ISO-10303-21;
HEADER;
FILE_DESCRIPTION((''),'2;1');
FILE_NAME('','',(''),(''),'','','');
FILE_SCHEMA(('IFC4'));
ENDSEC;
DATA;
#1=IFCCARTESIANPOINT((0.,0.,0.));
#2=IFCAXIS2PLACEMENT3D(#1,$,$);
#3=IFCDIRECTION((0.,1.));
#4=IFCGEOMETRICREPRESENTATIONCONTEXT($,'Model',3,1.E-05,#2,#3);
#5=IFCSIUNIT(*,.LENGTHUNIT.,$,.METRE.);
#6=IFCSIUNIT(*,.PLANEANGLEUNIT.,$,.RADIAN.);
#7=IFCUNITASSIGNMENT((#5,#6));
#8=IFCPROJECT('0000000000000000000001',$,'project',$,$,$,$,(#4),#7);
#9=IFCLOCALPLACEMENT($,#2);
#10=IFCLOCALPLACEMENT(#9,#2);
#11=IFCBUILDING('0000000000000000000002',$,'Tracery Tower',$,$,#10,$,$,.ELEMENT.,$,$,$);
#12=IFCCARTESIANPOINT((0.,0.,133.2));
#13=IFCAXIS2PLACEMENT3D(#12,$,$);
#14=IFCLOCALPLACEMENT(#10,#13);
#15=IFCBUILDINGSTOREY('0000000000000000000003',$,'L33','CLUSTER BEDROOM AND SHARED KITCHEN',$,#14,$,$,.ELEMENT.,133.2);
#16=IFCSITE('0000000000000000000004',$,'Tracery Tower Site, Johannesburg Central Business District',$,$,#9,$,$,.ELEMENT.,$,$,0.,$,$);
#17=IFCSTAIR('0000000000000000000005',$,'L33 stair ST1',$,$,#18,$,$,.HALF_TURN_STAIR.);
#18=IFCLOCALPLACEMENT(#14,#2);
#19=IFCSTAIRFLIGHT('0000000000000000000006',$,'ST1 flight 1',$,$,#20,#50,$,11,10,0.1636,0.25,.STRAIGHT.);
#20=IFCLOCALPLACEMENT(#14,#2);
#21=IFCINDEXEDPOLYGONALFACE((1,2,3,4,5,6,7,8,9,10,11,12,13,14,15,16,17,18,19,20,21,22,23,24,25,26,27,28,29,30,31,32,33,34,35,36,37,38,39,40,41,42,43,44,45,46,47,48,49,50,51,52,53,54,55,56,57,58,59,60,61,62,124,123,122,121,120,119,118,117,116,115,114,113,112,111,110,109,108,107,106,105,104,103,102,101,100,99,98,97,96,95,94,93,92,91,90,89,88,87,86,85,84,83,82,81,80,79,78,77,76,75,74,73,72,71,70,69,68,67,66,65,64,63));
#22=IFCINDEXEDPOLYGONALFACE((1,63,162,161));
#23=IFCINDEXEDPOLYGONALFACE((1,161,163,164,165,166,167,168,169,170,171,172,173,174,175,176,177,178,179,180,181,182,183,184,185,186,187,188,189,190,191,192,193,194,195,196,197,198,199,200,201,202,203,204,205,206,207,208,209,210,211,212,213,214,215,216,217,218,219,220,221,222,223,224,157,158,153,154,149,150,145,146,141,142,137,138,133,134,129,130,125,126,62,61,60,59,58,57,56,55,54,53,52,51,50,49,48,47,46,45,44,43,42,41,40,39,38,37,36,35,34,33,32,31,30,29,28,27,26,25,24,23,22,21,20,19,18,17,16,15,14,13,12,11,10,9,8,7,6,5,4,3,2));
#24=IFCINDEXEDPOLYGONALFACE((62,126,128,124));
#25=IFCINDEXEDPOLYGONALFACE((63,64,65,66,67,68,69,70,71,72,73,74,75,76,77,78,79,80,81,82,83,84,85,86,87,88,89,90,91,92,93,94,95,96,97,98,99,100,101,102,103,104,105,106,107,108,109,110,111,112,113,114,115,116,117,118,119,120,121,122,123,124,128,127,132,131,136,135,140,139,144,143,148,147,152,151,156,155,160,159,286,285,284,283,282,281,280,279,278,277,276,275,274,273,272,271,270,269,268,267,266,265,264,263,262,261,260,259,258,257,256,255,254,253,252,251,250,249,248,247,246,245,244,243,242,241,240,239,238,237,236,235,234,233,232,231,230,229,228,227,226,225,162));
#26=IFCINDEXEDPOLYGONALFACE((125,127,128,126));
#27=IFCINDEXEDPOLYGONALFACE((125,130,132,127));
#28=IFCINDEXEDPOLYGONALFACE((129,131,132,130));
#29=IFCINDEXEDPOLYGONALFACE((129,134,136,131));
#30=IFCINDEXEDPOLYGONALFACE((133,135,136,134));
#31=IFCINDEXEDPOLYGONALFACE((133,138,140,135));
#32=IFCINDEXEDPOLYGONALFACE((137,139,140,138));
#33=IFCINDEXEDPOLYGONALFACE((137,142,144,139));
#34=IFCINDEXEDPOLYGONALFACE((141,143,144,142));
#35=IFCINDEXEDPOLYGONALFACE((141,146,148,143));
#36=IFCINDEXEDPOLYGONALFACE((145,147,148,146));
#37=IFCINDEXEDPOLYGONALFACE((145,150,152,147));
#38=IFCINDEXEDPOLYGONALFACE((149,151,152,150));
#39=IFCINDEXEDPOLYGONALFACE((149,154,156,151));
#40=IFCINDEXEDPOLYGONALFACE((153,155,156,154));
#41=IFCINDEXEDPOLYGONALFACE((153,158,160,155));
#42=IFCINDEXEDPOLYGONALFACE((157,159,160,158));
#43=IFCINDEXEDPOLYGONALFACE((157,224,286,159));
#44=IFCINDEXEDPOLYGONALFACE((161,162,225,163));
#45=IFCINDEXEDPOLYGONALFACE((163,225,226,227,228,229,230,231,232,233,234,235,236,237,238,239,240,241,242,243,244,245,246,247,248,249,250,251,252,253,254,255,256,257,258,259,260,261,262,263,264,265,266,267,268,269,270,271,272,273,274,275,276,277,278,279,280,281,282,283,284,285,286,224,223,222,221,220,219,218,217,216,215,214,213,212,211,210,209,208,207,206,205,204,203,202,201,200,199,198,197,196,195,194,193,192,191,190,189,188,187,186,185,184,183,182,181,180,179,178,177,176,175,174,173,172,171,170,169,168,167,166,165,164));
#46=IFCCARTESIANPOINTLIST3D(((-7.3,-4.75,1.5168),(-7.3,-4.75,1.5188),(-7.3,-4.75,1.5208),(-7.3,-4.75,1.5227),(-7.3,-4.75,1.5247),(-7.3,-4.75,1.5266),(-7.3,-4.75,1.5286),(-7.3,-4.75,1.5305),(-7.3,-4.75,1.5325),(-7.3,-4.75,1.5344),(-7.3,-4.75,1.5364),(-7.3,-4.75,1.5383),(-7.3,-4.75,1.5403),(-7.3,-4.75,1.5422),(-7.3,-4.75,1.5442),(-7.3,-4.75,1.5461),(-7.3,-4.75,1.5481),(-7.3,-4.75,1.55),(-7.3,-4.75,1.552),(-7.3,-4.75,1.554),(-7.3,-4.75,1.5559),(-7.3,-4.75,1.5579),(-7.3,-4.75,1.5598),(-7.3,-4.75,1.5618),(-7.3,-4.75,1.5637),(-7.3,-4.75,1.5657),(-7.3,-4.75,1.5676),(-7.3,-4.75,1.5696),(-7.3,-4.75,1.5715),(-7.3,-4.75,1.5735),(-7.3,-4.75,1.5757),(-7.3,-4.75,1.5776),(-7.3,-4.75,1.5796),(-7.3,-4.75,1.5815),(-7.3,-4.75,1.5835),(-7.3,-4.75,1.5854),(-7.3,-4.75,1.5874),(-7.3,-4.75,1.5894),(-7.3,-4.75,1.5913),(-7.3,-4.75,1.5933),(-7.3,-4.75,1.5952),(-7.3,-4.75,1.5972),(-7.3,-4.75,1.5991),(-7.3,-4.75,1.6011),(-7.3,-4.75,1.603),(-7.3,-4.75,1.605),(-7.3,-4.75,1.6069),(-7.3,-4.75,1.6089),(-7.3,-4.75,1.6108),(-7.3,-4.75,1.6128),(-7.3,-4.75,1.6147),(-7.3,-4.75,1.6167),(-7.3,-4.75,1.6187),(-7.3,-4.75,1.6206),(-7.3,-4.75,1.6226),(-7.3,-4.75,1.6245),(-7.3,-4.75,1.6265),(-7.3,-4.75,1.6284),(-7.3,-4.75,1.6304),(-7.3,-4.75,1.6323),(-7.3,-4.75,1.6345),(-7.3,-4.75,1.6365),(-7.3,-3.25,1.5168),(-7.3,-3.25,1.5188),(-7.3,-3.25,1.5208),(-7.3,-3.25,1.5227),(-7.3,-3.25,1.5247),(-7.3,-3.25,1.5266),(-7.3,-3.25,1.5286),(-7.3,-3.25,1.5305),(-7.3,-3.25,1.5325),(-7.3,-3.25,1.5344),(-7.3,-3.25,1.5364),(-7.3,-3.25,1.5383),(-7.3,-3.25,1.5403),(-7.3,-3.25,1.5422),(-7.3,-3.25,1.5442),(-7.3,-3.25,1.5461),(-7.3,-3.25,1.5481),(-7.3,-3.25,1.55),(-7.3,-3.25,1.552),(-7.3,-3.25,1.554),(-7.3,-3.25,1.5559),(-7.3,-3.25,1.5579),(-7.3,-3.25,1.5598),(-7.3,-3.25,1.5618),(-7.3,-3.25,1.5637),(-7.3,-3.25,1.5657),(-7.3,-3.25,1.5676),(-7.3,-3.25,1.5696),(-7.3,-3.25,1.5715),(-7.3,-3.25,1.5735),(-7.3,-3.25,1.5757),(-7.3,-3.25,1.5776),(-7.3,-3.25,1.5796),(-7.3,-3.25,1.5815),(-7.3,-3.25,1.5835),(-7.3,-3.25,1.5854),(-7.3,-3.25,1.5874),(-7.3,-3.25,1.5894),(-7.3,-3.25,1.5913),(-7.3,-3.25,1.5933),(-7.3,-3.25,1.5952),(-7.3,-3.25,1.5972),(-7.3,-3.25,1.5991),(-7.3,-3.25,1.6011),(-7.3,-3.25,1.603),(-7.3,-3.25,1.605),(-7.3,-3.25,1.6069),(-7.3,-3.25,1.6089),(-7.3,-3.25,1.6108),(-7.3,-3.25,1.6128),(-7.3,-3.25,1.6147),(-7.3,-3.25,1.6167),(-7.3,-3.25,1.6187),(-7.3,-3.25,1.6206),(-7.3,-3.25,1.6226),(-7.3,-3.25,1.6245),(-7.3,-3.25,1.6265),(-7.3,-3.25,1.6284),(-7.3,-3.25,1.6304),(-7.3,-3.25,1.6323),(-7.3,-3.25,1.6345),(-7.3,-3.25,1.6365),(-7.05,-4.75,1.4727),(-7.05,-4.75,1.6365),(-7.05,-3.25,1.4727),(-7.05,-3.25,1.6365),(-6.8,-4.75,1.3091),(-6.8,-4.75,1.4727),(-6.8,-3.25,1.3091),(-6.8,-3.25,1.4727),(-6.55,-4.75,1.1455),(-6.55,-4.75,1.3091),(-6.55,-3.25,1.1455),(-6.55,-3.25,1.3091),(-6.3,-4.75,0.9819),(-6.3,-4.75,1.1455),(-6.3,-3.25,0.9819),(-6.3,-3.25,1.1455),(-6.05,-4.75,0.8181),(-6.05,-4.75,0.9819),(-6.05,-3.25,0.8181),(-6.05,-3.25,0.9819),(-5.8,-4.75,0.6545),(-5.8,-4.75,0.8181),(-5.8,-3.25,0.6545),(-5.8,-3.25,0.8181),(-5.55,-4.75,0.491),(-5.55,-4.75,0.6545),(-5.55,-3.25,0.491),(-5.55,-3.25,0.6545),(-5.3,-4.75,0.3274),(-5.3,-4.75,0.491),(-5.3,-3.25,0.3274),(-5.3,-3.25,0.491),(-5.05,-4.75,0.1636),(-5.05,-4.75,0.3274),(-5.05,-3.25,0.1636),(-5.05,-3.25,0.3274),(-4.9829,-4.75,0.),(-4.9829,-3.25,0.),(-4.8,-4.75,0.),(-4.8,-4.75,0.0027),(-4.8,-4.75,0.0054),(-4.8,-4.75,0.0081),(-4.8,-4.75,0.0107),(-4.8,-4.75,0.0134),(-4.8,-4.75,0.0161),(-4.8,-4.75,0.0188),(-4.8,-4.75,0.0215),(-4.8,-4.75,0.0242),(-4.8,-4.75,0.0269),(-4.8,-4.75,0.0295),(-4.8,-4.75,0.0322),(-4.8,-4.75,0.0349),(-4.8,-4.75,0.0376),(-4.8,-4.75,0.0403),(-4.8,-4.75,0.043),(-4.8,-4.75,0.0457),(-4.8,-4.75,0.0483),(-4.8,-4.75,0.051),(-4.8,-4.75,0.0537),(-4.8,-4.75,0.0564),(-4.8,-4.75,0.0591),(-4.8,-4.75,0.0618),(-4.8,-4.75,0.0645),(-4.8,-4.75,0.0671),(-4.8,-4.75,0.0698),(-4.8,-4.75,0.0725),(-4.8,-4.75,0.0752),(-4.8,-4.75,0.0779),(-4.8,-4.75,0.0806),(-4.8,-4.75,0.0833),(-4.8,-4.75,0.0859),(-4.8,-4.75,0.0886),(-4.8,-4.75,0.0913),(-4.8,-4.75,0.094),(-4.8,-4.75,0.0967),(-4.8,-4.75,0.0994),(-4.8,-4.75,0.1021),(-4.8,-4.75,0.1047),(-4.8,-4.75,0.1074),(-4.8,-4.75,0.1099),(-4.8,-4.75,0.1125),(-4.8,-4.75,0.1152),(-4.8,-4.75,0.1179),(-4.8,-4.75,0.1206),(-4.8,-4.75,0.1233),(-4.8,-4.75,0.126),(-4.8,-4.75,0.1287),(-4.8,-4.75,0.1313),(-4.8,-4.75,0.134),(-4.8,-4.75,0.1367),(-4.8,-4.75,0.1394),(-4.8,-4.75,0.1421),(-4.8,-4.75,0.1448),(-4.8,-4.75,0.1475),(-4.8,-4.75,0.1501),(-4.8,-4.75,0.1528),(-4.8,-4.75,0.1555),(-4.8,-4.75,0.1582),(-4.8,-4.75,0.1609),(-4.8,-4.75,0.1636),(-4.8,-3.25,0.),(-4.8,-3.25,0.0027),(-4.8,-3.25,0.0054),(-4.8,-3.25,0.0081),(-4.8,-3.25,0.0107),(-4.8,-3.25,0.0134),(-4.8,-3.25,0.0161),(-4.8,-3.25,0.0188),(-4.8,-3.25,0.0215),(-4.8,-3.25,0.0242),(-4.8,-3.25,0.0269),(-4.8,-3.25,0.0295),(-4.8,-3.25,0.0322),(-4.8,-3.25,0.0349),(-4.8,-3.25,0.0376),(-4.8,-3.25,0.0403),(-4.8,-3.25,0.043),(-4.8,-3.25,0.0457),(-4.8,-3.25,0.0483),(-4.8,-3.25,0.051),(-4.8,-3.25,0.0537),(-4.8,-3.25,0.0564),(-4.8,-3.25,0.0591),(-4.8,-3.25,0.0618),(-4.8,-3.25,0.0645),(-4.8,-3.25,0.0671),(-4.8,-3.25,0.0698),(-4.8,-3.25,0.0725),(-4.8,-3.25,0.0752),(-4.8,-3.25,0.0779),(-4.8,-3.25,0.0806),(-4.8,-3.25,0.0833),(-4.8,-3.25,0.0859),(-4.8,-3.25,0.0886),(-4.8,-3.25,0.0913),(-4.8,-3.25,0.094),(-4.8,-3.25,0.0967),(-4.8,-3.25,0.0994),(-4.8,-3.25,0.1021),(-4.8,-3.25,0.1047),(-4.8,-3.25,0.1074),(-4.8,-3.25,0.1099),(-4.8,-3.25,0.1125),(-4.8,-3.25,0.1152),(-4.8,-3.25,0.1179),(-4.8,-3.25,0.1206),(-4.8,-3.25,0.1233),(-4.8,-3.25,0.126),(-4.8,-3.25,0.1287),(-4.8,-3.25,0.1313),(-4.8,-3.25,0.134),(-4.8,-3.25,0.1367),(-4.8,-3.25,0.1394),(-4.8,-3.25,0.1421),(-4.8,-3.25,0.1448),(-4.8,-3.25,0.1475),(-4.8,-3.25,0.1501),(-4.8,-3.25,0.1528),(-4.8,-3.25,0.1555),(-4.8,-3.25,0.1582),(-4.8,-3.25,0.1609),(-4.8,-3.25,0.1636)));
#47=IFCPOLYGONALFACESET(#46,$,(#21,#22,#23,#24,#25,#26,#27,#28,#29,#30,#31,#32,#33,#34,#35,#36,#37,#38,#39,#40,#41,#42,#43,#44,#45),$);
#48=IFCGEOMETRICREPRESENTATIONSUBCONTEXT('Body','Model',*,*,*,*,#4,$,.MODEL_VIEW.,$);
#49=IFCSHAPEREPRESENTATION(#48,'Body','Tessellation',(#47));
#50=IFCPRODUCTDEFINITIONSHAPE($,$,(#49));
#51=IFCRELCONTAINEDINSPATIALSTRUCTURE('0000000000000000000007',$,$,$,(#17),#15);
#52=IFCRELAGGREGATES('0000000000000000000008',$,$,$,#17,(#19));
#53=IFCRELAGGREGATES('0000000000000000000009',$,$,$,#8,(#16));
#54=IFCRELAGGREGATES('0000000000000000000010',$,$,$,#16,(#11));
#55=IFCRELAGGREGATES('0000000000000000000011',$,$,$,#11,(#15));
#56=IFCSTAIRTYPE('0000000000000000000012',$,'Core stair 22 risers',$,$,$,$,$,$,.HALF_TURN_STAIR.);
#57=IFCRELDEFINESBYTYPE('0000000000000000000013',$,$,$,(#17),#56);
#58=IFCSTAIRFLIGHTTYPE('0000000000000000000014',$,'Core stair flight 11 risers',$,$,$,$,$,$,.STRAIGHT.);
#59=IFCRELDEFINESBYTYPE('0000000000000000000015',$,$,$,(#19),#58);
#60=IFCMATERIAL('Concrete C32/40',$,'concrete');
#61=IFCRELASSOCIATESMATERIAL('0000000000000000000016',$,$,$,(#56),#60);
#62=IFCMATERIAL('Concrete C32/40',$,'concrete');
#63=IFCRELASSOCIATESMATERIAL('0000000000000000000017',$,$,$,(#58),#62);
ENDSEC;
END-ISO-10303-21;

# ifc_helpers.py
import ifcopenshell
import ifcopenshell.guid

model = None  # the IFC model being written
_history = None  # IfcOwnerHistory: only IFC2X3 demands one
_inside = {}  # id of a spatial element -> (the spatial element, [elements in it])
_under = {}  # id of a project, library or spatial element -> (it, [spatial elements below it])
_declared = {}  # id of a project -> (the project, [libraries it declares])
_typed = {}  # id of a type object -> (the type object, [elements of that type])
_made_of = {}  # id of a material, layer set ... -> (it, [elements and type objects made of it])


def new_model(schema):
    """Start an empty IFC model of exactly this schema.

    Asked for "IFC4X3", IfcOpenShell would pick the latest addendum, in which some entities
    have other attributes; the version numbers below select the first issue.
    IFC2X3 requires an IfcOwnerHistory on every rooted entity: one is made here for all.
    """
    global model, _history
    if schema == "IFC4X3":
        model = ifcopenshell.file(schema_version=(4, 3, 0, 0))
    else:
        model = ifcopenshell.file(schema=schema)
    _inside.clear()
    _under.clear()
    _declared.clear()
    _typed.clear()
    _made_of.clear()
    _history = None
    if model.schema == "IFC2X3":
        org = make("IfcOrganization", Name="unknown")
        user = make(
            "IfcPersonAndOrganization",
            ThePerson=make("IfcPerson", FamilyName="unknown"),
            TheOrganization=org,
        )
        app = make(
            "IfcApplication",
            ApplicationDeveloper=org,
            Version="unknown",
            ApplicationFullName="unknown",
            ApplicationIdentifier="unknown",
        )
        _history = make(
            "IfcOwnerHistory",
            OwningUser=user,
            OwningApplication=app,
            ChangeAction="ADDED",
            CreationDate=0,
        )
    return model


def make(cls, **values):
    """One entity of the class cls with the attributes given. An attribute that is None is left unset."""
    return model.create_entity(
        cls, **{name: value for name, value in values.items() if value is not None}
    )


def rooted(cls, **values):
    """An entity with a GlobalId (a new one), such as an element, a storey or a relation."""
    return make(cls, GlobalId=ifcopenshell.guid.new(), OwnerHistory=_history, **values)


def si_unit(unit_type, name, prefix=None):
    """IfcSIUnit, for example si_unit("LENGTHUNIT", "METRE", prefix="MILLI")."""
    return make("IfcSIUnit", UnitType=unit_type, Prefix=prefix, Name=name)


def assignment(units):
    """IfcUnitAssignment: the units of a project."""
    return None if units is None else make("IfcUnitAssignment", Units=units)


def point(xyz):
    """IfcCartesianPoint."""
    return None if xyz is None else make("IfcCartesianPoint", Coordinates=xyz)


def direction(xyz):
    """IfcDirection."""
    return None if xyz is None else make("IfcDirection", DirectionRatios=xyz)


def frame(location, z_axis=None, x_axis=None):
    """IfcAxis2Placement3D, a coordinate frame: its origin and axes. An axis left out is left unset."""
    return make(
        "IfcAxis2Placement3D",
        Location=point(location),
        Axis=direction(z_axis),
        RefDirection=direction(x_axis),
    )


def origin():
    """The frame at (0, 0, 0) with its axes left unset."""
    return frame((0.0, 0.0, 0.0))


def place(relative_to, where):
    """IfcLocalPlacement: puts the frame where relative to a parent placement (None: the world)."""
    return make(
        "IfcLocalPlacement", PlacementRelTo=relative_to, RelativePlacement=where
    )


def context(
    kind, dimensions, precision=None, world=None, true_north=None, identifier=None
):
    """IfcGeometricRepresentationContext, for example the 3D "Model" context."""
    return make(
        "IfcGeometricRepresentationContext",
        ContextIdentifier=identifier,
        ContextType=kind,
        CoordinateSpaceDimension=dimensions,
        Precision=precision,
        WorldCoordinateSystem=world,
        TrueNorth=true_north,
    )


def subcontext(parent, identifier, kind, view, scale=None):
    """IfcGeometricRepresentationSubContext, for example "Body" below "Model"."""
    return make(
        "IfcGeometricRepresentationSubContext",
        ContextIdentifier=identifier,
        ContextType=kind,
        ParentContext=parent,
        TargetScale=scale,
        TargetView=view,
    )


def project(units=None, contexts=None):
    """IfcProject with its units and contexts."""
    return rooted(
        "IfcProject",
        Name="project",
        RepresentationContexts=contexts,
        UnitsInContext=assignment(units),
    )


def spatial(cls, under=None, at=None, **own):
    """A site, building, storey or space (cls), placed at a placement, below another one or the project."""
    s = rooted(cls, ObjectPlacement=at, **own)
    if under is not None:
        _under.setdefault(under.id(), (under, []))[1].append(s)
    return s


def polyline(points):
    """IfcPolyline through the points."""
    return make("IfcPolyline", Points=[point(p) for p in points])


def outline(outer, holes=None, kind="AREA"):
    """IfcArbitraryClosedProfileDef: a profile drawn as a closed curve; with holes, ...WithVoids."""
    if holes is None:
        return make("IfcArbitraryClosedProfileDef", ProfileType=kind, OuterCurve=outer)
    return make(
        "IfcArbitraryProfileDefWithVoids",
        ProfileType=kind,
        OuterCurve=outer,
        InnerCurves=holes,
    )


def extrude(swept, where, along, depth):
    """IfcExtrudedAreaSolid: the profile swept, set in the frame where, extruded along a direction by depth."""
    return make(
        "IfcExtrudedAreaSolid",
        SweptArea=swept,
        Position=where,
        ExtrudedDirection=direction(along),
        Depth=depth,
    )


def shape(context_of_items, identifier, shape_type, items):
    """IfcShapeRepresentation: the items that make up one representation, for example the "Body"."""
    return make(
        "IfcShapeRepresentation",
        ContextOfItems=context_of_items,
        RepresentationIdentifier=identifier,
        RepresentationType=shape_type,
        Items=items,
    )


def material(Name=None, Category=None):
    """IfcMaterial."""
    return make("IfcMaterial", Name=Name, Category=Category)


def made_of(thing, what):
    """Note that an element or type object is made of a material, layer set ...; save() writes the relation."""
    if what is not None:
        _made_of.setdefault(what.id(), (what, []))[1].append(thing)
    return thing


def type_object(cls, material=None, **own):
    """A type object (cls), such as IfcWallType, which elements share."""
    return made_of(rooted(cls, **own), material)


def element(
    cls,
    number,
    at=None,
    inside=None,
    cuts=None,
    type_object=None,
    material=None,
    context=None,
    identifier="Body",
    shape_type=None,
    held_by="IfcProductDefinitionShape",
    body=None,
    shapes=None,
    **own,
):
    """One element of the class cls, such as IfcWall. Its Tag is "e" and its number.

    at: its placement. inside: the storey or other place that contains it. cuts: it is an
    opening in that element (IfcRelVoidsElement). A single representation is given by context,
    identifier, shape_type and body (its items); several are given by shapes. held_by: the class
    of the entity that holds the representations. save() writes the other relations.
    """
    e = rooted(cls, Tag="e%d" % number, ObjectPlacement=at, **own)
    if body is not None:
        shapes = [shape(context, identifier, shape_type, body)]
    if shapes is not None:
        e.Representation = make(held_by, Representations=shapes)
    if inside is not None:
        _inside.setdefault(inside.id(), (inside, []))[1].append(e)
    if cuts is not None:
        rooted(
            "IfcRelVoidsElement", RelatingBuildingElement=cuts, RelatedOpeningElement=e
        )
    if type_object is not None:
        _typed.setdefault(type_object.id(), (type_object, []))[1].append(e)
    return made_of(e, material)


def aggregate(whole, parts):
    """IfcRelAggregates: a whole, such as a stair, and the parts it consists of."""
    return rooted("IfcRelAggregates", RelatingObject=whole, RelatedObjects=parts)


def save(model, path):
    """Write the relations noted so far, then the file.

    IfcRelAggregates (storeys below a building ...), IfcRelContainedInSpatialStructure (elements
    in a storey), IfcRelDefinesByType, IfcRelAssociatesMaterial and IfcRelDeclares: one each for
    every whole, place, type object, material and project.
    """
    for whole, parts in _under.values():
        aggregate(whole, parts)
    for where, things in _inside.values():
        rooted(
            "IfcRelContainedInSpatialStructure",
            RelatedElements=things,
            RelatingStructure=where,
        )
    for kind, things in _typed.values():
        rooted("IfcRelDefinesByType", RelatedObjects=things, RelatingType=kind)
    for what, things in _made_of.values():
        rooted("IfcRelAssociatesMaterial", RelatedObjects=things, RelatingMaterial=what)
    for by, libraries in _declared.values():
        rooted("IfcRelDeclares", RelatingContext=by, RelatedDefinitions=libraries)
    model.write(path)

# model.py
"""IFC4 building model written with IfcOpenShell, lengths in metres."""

from ifc_helpers import new_model, si_unit, direction, frame, origin, place, context, subcontext, project, spatial, polyline, outline, extrude, material, type_object, element, aggregate, save


model = new_model("IFC4")

# Units and contexts
model_context = context("Model", 3, precision=1e-05, world=origin(), true_north=direction((0.0, 1.0)))
body_context = subcontext(model_context, "Body", "Model", "MODEL_VIEW")
ifc_project = project(units=[si_unit("LENGTHUNIT", "METRE"), si_unit("PLANEANGLEUNIT", "RADIAN")], contexts=[model_context])

# Site, building, storey
site_placement = place(None, origin())
site = spatial("IfcSite", under=ifc_project, at=site_placement, Name="Tracery Tower Site, Johannesburg Central Business District", CompositionType="ELEMENT", RefElevation=0.0)
building_placement = place(site_placement, origin())
building = spatial("IfcBuilding", under=site, at=building_placement, Name="Tracery Tower", CompositionType="ELEMENT")
storey_placement = place(building_placement, frame((0.0, 0.0, 133.2)))
storey = spatial("IfcBuildingStorey", under=building, at=storey_placement, Name="L33", Description="CLUSTER BEDROOM AND SHARED KITCHEN", CompositionType="ELEMENT", Elevation=133.2)

# Stair, stair flight
ifc_material_1 = material(Name="Concrete C32/40", Category="concrete")
stair_type = type_object("IfcStairType", Name="Core stair 22 risers", PredefinedType="HALF_TURN_STAIR", material=ifc_material_1)
stair_placement = place(storey_placement, origin())
stair = element("IfcStair", 1, at=stair_placement, inside=storey, type_object=stair_type, Name="L33 stair ST1", PredefinedType="HALF_TURN_STAIR")
ifc_material_2 = material(Name="Concrete C32/40", Category="concrete")
stair_flight_type = type_object("IfcStairFlightType", Name="Core stair flight 11 risers", PredefinedType="STRAIGHT", material=ifc_material_2)
stair_flight_1_placement = place(storey_placement, frame((-4.8, -4.0, 0.0), z_axis=(0.0, 0.0, 1.0), x_axis=(-1.0, 0.0, 0.0)))
stair_flight_1 = element("IfcStairFlight", 2, at=stair_flight_1_placement, type_object=stair_flight_type, Name="ST1 flight 1", NumberOfRisers=11, NumberOfTreads=10, PredefinedType="STRAIGHT", RiserHeight=0.1636, TreadLength=0.25, context=body_context, shape_type="SweptSolid", body=[
    extrude(outline(polyline([(0.0, 0.0), (0.0, 0.0027), (0.0, 0.0054), (0.0, 0.0081), (0.0, 0.0107), (0.0, 0.0134), (0.0, 0.0161), (0.0, 0.0188), (0.0, 0.0215), (0.0, 0.0242), (0.0, 0.0269), (0.0, 0.0295), (0.0, 0.0322), (0.0, 0.0349), (0.0, 0.0376), (0.0, 0.0403), (0.0, 0.043), (0.0, 0.0457), (0.0, 0.0483), (0.0, 0.051), (0.0, 0.0537), (0.0, 0.0564), (0.0, 0.0591), (0.0, 0.0618), (0.0, 0.0645), (0.0, 0.0671), (0.0, 0.0698), (0.0, 0.0725), (0.0, 0.0752), (0.0, 0.0779), (0.0, 0.0806), (0.0, 0.0833), (0.0, 0.0859), (0.0, 0.0886), (0.0, 0.0913), (0.0, 0.094), (0.0, 0.0967), (0.0, 0.0994), (0.0, 0.1021), (0.0, 0.1047), (0.0, 0.1074), (0.0, 0.1099), (0.0, 0.1125), (0.0, 0.1152), (0.0, 0.1179), (0.0, 0.1206), (0.0, 0.1233), (0.0, 0.126), (0.0, 0.1287), (0.0, 0.1313), (0.0, 0.134), (0.0, 0.1367), (0.0, 0.1394), (0.0, 0.1421), (0.0, 0.1448), (0.0, 0.1475), (0.0, 0.1501), (0.0, 0.1528), (0.0, 0.1555), (0.0, 0.1582), (0.0, 0.1609), (0.0, 0.1636), (0.25, 0.1636), (0.25, 0.3274), (0.5, 0.3274), (0.5, 0.491), (0.75, 0.491), (0.75, 0.6545), (1.0, 0.6545), (1.0, 0.8181), (1.25, 0.8181), (1.25, 0.9819), (1.5, 0.9819), (1.5, 1.1455), (1.75, 1.1455), (1.75, 1.3091), (2.0, 1.3091), (2.0, 1.4727), (2.25, 1.4727), (2.25, 1.6365), (2.5, 1.6365), (2.5, 1.6345), (2.5, 1.6323), (2.5, 1.6304), (2.5, 1.6284), (2.5, 1.6265), (2.5, 1.6245), (2.5, 1.6226), (2.5, 1.6206), (2.5, 1.6187), (2.5, 1.6167), (2.5, 1.6147), (2.5, 1.6128), (2.5, 1.6108), (2.5, 1.6089), (2.5, 1.6069), (2.5, 1.605), (2.5, 1.603), (2.5, 1.6011), (2.5, 1.5991), (2.5, 1.5972), (2.5, 1.5952), (2.5, 1.5933), (2.5, 1.5913), (2.5, 1.5894), (2.5, 1.5874), (2.5, 1.5854), (2.5, 1.5835), (2.5, 1.5815), (2.5, 1.5796), (2.5, 1.5776), (2.5, 1.5757), (2.5, 1.5735), (2.5, 1.5715), (2.5, 1.5696), (2.5, 1.5676), (2.5, 1.5657), (2.5, 1.5637), (2.5, 1.5618), (2.5, 1.5598), (2.5, 1.5579), (2.5, 1.5559), (2.5, 1.554), (2.5, 1.552), (2.5, 1.55), (2.5, 1.5481), (2.5, 1.5461), (2.5, 1.5442), (2.5, 1.5422), (2.5, 1.5403), (2.5, 1.5383), (2.5, 1.5364), (2.5, 1.5344), (2.5, 1.5325), (2.5, 1.5305), (2.5, 1.5286), (2.5, 1.5266), (2.5, 1.5247), (2.5, 1.5227), (2.5, 1.5208), (2.5, 1.5188), (2.5, 1.5168), (0.1829, 0.0), (0.0, 0.0)])), frame((0.0, 0.75, 0.0), z_axis=(0.0, -1.0, 0.0), x_axis=(1.0, 0.0, 0.0)), (0.0, 0.0, 1.0), 1.5),
])
aggregate(stair, [stair_flight_1])

save(model, "model.ifc")
